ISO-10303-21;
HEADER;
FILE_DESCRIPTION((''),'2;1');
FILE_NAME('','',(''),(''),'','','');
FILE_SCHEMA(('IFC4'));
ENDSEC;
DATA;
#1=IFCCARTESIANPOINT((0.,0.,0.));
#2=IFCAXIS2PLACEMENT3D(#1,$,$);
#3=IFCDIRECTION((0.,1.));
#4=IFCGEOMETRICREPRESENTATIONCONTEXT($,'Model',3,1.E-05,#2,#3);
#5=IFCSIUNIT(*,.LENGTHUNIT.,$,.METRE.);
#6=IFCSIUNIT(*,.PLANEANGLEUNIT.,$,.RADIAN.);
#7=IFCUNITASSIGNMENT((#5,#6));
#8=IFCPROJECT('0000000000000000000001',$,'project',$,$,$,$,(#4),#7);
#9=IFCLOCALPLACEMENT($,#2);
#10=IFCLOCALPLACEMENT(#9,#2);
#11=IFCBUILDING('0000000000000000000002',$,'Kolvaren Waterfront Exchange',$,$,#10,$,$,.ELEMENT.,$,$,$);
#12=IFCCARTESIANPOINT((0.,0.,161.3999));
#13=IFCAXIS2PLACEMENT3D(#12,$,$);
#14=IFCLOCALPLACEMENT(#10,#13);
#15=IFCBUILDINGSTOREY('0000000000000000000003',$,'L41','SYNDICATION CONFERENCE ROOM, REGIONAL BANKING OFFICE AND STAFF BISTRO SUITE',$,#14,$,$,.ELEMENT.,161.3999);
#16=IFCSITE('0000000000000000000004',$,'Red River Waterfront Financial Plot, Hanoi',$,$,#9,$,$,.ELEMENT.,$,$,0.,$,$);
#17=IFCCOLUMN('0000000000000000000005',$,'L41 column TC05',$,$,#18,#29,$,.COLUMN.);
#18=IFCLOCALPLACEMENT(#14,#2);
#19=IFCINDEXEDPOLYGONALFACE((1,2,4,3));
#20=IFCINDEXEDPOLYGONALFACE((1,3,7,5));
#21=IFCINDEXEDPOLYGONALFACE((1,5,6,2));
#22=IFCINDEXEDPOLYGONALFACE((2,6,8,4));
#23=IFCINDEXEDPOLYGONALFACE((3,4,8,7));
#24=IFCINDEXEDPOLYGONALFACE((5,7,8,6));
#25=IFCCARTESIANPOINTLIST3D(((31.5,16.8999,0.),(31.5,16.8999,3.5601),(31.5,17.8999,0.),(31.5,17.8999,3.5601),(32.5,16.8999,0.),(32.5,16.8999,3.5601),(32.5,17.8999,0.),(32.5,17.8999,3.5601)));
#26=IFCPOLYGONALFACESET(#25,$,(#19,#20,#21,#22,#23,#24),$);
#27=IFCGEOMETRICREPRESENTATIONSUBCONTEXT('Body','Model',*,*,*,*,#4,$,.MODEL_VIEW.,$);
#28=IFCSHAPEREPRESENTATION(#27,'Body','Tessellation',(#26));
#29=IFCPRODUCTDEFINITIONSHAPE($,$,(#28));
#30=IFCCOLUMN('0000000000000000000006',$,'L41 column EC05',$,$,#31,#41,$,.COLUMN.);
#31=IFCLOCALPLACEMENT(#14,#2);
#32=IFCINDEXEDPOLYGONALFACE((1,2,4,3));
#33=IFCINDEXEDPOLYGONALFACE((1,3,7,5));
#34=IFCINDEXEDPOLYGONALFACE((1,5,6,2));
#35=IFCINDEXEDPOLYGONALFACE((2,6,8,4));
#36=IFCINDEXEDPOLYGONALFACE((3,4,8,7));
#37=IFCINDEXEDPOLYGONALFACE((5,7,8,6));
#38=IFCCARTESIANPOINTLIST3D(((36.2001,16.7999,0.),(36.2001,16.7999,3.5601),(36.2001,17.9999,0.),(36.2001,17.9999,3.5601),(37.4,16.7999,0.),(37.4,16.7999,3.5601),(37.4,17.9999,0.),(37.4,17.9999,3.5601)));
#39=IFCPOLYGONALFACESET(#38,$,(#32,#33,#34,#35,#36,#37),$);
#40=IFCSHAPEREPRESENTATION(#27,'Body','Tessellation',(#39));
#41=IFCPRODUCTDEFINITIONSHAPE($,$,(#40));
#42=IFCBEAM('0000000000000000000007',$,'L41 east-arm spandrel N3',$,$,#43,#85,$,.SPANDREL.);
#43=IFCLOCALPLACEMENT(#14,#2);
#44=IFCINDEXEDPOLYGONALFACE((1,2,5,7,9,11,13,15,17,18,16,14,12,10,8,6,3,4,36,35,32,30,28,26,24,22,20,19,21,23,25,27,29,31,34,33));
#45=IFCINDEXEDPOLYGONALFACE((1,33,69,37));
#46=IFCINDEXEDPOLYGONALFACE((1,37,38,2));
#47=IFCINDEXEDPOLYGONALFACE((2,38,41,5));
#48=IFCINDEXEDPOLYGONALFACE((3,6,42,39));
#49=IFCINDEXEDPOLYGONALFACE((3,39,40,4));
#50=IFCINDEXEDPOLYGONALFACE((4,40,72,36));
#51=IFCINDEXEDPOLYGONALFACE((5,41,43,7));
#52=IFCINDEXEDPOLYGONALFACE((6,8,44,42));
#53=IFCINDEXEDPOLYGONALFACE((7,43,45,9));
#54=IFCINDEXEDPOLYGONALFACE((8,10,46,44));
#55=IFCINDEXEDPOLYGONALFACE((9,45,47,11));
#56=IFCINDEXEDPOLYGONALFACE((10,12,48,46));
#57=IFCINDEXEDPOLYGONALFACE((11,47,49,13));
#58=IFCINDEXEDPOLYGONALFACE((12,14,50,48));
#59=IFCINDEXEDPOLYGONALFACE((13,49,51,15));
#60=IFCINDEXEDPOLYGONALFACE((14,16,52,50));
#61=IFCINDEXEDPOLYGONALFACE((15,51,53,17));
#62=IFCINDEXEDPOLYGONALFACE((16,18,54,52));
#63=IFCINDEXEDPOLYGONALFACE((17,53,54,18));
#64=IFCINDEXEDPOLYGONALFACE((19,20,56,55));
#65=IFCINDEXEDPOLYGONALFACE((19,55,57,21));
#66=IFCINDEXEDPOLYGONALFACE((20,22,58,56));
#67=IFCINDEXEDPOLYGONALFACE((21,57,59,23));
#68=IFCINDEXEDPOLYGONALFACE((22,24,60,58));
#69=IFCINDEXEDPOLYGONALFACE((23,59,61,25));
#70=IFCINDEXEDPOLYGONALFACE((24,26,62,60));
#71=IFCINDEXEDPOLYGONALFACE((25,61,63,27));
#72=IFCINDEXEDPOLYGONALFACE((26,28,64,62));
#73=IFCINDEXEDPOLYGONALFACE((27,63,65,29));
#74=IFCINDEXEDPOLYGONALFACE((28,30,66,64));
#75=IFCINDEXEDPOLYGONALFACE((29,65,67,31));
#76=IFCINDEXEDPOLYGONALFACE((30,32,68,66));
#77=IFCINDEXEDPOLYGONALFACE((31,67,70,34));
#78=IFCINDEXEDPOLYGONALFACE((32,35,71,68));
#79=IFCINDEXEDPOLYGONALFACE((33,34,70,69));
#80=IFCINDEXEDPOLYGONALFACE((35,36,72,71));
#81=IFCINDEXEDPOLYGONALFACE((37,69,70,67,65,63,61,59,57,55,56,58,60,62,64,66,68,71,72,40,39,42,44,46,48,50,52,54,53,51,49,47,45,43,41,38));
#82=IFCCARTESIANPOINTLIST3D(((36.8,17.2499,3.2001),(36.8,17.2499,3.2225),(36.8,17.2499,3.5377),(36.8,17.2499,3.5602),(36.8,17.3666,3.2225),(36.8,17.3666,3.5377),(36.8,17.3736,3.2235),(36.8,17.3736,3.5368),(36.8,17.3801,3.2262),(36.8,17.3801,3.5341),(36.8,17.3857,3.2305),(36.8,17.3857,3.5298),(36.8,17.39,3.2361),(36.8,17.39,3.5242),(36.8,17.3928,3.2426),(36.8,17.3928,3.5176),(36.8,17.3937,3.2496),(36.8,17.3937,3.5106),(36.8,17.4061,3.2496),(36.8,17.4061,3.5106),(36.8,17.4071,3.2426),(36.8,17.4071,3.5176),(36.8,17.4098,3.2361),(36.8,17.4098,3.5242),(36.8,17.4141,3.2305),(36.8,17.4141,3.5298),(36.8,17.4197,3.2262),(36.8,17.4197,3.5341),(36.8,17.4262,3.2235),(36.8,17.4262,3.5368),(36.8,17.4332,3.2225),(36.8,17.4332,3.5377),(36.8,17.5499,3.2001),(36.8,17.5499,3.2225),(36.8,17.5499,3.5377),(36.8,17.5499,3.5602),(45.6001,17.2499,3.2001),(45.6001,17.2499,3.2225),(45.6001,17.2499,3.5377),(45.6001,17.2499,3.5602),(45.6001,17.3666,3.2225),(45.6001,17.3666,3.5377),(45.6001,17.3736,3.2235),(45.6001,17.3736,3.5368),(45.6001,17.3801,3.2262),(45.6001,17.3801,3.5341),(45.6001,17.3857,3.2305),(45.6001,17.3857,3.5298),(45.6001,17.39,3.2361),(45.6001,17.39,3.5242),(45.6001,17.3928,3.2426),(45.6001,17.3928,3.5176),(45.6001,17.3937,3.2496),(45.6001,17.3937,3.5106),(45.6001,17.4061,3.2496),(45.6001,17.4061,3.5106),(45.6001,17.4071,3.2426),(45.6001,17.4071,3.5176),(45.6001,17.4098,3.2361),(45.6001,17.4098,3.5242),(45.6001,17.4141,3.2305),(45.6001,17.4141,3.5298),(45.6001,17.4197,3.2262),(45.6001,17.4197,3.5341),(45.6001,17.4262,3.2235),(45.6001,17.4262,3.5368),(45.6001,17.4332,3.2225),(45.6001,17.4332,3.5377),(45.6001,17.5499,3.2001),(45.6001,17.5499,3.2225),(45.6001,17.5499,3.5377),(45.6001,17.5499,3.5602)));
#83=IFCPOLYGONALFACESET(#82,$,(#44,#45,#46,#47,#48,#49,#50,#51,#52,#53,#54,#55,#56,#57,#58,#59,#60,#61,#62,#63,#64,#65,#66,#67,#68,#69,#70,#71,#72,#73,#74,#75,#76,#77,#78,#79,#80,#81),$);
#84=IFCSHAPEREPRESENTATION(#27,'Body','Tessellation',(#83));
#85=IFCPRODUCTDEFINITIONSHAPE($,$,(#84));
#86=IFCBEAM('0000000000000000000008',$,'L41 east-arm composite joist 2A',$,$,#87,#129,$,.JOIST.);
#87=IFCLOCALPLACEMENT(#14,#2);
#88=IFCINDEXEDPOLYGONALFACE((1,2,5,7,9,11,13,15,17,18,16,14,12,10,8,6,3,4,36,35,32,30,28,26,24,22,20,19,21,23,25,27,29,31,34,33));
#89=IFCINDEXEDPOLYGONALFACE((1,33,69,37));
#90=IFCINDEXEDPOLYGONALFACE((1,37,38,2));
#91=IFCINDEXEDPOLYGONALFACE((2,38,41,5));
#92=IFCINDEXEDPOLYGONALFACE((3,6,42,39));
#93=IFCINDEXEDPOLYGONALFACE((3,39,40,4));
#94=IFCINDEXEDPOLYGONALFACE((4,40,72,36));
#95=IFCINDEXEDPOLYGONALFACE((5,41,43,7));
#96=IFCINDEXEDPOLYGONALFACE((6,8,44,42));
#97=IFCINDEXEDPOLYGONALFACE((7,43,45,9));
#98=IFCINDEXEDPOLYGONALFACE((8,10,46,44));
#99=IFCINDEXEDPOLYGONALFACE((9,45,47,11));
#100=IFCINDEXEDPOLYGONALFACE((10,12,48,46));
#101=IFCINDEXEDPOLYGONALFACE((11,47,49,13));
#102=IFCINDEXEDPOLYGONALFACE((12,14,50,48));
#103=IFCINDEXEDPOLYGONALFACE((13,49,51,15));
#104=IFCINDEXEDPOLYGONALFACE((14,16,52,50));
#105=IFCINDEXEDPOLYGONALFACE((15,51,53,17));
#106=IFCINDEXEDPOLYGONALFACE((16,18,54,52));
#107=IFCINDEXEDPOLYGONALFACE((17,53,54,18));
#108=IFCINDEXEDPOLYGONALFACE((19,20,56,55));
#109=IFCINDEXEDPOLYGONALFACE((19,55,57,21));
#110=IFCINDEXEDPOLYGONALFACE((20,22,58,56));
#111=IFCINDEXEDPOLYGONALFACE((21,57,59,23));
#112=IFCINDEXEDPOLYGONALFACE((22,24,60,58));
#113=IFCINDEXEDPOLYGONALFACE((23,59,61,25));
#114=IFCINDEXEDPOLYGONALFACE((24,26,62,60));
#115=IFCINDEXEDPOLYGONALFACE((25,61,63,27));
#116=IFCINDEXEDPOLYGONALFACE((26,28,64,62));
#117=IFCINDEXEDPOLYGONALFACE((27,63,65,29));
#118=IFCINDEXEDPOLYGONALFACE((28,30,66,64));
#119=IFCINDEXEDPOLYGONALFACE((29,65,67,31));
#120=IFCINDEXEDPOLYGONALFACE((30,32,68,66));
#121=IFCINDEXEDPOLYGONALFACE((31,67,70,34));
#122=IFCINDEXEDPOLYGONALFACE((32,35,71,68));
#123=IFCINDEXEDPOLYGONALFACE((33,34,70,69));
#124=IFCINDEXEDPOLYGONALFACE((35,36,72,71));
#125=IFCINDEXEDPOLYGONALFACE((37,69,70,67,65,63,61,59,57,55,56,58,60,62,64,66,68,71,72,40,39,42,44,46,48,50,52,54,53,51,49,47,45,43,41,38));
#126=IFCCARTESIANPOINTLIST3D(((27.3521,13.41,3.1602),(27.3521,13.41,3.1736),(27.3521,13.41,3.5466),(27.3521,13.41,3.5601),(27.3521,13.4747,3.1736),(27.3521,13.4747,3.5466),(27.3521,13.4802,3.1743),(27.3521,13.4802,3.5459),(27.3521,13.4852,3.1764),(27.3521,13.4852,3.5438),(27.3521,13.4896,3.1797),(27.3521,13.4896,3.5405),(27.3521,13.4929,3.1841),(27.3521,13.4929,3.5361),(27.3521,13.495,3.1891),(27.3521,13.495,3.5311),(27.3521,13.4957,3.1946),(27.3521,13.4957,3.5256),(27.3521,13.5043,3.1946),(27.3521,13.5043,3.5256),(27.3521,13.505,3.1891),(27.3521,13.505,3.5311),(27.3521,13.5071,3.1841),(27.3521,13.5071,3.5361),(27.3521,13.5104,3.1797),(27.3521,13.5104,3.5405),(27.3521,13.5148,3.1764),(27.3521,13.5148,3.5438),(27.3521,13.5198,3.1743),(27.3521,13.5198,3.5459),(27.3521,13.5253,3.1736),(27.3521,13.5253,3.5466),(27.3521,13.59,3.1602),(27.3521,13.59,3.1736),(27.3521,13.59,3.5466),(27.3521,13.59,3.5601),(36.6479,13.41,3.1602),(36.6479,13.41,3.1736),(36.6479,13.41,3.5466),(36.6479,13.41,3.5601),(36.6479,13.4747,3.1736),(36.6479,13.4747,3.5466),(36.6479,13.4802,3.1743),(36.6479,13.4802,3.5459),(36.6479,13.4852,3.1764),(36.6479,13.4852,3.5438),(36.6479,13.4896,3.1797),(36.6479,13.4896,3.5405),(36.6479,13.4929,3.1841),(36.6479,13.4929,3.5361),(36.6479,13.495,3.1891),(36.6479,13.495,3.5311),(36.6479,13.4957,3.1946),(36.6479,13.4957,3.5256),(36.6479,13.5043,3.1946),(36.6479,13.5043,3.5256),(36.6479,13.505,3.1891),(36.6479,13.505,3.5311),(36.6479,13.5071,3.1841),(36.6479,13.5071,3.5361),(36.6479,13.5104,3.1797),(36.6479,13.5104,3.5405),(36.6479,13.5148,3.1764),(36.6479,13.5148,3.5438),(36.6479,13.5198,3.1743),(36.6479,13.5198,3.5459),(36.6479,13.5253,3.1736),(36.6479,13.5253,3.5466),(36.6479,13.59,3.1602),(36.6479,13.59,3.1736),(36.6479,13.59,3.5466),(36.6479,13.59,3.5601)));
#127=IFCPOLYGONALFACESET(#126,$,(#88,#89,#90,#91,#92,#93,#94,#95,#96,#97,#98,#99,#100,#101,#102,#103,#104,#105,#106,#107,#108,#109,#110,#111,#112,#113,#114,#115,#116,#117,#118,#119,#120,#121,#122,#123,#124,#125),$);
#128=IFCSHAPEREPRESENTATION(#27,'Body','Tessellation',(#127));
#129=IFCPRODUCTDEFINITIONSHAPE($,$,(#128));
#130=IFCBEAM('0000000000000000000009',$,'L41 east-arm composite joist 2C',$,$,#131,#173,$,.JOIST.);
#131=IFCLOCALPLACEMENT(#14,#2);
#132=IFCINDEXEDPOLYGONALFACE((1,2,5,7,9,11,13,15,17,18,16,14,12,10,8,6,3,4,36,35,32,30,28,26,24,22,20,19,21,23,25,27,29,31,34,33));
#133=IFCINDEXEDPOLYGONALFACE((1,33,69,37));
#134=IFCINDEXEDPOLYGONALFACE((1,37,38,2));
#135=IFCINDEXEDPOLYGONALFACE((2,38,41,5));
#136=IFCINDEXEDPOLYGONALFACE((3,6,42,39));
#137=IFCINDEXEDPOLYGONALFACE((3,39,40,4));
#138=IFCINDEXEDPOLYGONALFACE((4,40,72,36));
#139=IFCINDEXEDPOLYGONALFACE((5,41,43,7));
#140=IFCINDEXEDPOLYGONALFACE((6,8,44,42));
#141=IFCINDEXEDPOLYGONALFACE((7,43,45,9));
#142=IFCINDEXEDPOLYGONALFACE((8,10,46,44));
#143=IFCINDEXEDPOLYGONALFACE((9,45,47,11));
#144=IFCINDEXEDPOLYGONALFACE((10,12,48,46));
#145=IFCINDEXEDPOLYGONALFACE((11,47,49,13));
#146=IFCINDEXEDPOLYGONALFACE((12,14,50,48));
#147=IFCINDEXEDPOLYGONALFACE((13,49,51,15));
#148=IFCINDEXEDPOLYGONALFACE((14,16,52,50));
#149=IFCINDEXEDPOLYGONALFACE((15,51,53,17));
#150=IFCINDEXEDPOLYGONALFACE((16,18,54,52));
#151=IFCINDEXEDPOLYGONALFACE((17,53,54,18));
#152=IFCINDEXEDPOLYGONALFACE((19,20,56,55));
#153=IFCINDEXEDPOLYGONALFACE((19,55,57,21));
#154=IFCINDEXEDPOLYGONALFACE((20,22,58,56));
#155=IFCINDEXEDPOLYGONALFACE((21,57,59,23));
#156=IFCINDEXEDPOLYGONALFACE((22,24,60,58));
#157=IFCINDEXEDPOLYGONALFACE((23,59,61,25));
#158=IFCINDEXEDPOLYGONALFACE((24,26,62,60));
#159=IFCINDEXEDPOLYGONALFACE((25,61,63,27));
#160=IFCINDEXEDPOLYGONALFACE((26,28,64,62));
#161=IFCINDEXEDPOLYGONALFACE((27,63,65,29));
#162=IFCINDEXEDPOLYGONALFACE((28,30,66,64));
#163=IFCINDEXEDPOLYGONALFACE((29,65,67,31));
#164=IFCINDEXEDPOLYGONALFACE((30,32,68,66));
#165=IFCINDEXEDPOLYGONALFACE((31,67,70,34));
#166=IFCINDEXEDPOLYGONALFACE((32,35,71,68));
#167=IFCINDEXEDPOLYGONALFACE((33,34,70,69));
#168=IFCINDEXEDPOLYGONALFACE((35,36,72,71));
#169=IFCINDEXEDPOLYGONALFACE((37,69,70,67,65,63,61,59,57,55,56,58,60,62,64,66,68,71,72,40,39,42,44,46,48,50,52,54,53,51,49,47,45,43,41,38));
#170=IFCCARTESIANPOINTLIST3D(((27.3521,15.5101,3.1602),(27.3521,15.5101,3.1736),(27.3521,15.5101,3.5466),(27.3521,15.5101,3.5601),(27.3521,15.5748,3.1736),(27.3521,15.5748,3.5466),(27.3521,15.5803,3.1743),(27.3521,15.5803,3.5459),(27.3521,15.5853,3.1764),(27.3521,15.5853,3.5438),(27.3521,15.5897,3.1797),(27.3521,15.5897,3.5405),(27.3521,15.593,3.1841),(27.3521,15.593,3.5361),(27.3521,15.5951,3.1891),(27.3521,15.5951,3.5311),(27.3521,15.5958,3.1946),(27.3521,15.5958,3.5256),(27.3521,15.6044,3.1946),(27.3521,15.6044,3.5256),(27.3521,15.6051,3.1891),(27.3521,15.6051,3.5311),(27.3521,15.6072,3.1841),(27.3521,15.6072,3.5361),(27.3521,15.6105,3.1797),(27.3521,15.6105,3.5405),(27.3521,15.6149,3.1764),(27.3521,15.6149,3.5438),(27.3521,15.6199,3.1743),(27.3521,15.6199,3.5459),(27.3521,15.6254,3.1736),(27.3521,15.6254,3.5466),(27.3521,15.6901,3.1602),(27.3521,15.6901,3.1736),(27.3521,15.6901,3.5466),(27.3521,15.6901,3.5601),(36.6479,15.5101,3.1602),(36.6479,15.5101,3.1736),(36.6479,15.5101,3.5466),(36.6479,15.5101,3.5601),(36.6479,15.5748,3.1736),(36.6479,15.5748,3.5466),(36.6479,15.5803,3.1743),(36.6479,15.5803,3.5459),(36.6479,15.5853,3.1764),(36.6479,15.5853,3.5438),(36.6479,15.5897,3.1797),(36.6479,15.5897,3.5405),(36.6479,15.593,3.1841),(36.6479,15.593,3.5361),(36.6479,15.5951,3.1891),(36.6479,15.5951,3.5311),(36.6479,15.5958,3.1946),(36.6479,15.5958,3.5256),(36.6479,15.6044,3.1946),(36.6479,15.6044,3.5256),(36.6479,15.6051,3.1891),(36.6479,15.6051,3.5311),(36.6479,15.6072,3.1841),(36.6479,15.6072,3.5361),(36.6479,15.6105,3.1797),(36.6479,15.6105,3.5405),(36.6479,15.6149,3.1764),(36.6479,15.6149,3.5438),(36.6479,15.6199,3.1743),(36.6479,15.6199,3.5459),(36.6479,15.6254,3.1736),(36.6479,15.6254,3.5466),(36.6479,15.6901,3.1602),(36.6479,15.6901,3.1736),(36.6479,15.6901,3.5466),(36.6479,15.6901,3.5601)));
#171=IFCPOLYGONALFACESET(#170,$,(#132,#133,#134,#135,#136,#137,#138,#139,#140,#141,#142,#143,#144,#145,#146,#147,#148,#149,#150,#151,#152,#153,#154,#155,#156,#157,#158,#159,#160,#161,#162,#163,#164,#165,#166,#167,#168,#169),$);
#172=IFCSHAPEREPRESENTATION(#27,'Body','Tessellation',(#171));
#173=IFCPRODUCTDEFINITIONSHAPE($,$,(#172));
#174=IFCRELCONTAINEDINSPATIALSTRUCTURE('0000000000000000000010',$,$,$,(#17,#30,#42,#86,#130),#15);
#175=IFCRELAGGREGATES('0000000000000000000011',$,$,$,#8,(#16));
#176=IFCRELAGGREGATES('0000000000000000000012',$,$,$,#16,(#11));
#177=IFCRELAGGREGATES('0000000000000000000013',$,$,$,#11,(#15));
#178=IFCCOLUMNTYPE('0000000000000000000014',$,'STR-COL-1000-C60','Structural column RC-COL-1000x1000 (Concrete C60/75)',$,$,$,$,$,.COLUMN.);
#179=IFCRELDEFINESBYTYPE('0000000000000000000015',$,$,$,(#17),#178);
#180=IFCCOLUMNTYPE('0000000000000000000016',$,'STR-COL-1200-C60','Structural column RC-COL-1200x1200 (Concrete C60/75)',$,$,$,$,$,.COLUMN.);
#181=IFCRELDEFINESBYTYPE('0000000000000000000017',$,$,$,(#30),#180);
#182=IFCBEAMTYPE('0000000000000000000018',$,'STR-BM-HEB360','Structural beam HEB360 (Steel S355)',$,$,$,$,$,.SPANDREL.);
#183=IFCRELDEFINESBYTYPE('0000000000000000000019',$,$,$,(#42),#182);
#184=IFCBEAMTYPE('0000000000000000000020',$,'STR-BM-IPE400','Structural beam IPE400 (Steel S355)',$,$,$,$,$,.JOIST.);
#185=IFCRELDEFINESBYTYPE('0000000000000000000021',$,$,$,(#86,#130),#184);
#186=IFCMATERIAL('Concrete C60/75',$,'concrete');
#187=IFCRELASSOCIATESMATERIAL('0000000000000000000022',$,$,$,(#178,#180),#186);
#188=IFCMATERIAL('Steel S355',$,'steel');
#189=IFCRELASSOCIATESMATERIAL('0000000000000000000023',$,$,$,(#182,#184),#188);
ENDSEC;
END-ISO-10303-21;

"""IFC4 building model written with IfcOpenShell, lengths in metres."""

from ifc_helpers import new_model, si_unit, direction, frame, origin, origin_2d, place, context, subcontext, project, spatial, rectangle, i_section, extrude, material, material_profile, profile_set, type_object, element, save


model = new_model("IFC4")

# Units and contexts
model_context = context("Model", 3, precision=1e-05, world=origin(), true_north=direction((0.0, 1.0)))
body_context = subcontext(model_context, "Body", "Model", "MODEL_VIEW")
ifc_project = project(units=[si_unit("LENGTHUNIT", "METRE"), si_unit("PLANEANGLEUNIT", "RADIAN")], contexts=[model_context])

# Site, building, storey
site_placement = place(None, origin())
site = spatial("IfcSite", under=ifc_project, at=site_placement, Name="Red River Waterfront Financial Plot, Hanoi", CompositionType="ELEMENT", RefElevation=0.0)
building_placement = place(site_placement, origin())
building = spatial("IfcBuilding", under=site, at=building_placement, Name="Kolvaren Waterfront Exchange", CompositionType="ELEMENT")
storey_placement = place(building_placement, frame((0.0, 0.0, 161.3999)))
storey = spatial("IfcBuildingStorey", under=building, at=storey_placement, Name="L41", Description="SYNDICATION CONFERENCE ROOM, REGIONAL BANKING OFFICE AND STAFF BISTRO SUITE", CompositionType="ELEMENT", Elevation=161.3999)

# Columns
ifc_material_1 = material(Name="Concrete C60/75", Category="concrete")
ifc_material_profile_1 = material_profile(ifc_material_1, rectangle(XDim=1.0, YDim=1.0, at=origin_2d()), Name="RC-COL-1000x1000")
ifc_profile_set_1 = profile_set([ifc_material_profile_1], Name="Concrete C60/75")
column_type_1 = type_object("IfcColumnType", Name="STR-COL-1000-C60", Description="Structural column RC-COL-1000x1000 (Concrete C60/75)", PredefinedType="COLUMN", material=ifc_profile_set_1)
column_1_placement = place(storey_placement, frame((32.0, 17.3999, 0.0), z_axis=(0.0, 0.0, 1.0), x_axis=(1.0, 0.0, 0.0)))
element("IfcColumn", 1, at=column_1_placement, inside=storey, type_object=column_type_1, Name="L41 column TC05", PredefinedType="COLUMN", context=body_context, shape_type="SweptSolid", body=[
    extrude(rectangle(XDim=1.0, YDim=1.0, at=origin_2d()), origin(), (0.0, 0.0, 1.0), 3.5601),
])
ifc_material_profile_2 = material_profile(ifc_material_1, rectangle(XDim=1.2, YDim=1.2, at=origin_2d()), Name="RC-COL-1200x1200")
ifc_profile_set_2 = profile_set([ifc_material_profile_2], Name="Concrete C60/75")
column_type_2 = type_object("IfcColumnType", Name="STR-COL-1200-C60", Description="Structural column RC-COL-1200x1200 (Concrete C60/75)", PredefinedType="COLUMN", material=ifc_profile_set_2)
column_2_placement = place(storey_placement, frame((36.8, 17.3999, 0.0), z_axis=(0.0, 0.0, 1.0), x_axis=(1.0, 0.0, 0.0)))
element("IfcColumn", 2, at=column_2_placement, inside=storey, type_object=column_type_2, Name="L41 column EC05", PredefinedType="COLUMN", context=body_context, shape_type="SweptSolid", body=[
    extrude(rectangle(XDim=1.2, YDim=1.2, at=origin_2d()), origin(), (0.0, 0.0, 1.0), 3.5601),
])

# Beams
ifc_material_2 = material(Name="Steel S355", Category="steel")
ifc_material_profile_3 = material_profile(ifc_material_2, i_section(OverallWidth=0.3, OverallDepth=0.3601, WebThickness=0.0125, FlangeThickness=0.0225, FilletRadius=0.0271, at=origin_2d()), Name="HEB360")
ifc_profile_set_3 = profile_set([ifc_material_profile_3], Name="Steel S355")
beam_type_1 = type_object("IfcBeamType", Name="STR-BM-HEB360", Description="Structural beam HEB360 (Steel S355)", PredefinedType="SPANDREL", material=ifc_profile_set_3)
beam_placement = place(storey_placement, frame((36.8, 17.3999, 3.3801), z_axis=(1.0, 0.0, 0.0), x_axis=(0.0, 1.0, 0.0)))
element("IfcBeam", 3, at=beam_placement, inside=storey, type_object=beam_type_1, Name="L41 east-arm spandrel N3", PredefinedType="SPANDREL", context=body_context, shape_type="SweptSolid", body=[
    extrude(i_section(OverallWidth=0.3, OverallDepth=0.3601, WebThickness=0.0125, FlangeThickness=0.0225, FilletRadius=0.0271, at=origin_2d()), origin(), (0.0, 0.0, 1.0), 8.8),
])
ifc_material_profile_4 = material_profile(ifc_material_2, i_section(OverallWidth=0.1799, OverallDepth=0.3999, WebThickness=0.0085, FlangeThickness=0.0134, FilletRadius=0.021, at=origin_2d()), Name="IPE400")
ifc_profile_set_4 = profile_set([ifc_material_profile_4], Name="Steel S355")
beam_type_2 = type_object("IfcBeamType", Name="STR-BM-IPE400", Description="Structural beam IPE400 (Steel S355)", PredefinedType="JOIST", material=ifc_profile_set_4)
for number, where, z_axis, x_axis, name in (
    (4, (27.3521, 13.5, 3.3601), (1.0, 0.0, 0.0), (0.0, 1.0, 0.0), "L41 east-arm composite joist 2A"),
    (5, (27.3521, 15.6001, 3.3601), (1.0, 0.0, 0.0), (0.0, 1.0, 0.0), "L41 east-arm composite joist 2C"),
):
    element("IfcBeam", number, at=place(storey_placement, frame(where, z_axis=z_axis, x_axis=x_axis)), inside=storey, type_object=beam_type_2, Name=name, PredefinedType="JOIST", context=body_context, shape_type="SweptSolid", body=[
        extrude(i_section(OverallWidth=0.1799, OverallDepth=0.3999, WebThickness=0.0085, FlangeThickness=0.0134, FilletRadius=0.021, at=origin_2d()), origin(), (0.0, 0.0, 1.0), 9.2959),
    ])

save(model, "model.ifc")
